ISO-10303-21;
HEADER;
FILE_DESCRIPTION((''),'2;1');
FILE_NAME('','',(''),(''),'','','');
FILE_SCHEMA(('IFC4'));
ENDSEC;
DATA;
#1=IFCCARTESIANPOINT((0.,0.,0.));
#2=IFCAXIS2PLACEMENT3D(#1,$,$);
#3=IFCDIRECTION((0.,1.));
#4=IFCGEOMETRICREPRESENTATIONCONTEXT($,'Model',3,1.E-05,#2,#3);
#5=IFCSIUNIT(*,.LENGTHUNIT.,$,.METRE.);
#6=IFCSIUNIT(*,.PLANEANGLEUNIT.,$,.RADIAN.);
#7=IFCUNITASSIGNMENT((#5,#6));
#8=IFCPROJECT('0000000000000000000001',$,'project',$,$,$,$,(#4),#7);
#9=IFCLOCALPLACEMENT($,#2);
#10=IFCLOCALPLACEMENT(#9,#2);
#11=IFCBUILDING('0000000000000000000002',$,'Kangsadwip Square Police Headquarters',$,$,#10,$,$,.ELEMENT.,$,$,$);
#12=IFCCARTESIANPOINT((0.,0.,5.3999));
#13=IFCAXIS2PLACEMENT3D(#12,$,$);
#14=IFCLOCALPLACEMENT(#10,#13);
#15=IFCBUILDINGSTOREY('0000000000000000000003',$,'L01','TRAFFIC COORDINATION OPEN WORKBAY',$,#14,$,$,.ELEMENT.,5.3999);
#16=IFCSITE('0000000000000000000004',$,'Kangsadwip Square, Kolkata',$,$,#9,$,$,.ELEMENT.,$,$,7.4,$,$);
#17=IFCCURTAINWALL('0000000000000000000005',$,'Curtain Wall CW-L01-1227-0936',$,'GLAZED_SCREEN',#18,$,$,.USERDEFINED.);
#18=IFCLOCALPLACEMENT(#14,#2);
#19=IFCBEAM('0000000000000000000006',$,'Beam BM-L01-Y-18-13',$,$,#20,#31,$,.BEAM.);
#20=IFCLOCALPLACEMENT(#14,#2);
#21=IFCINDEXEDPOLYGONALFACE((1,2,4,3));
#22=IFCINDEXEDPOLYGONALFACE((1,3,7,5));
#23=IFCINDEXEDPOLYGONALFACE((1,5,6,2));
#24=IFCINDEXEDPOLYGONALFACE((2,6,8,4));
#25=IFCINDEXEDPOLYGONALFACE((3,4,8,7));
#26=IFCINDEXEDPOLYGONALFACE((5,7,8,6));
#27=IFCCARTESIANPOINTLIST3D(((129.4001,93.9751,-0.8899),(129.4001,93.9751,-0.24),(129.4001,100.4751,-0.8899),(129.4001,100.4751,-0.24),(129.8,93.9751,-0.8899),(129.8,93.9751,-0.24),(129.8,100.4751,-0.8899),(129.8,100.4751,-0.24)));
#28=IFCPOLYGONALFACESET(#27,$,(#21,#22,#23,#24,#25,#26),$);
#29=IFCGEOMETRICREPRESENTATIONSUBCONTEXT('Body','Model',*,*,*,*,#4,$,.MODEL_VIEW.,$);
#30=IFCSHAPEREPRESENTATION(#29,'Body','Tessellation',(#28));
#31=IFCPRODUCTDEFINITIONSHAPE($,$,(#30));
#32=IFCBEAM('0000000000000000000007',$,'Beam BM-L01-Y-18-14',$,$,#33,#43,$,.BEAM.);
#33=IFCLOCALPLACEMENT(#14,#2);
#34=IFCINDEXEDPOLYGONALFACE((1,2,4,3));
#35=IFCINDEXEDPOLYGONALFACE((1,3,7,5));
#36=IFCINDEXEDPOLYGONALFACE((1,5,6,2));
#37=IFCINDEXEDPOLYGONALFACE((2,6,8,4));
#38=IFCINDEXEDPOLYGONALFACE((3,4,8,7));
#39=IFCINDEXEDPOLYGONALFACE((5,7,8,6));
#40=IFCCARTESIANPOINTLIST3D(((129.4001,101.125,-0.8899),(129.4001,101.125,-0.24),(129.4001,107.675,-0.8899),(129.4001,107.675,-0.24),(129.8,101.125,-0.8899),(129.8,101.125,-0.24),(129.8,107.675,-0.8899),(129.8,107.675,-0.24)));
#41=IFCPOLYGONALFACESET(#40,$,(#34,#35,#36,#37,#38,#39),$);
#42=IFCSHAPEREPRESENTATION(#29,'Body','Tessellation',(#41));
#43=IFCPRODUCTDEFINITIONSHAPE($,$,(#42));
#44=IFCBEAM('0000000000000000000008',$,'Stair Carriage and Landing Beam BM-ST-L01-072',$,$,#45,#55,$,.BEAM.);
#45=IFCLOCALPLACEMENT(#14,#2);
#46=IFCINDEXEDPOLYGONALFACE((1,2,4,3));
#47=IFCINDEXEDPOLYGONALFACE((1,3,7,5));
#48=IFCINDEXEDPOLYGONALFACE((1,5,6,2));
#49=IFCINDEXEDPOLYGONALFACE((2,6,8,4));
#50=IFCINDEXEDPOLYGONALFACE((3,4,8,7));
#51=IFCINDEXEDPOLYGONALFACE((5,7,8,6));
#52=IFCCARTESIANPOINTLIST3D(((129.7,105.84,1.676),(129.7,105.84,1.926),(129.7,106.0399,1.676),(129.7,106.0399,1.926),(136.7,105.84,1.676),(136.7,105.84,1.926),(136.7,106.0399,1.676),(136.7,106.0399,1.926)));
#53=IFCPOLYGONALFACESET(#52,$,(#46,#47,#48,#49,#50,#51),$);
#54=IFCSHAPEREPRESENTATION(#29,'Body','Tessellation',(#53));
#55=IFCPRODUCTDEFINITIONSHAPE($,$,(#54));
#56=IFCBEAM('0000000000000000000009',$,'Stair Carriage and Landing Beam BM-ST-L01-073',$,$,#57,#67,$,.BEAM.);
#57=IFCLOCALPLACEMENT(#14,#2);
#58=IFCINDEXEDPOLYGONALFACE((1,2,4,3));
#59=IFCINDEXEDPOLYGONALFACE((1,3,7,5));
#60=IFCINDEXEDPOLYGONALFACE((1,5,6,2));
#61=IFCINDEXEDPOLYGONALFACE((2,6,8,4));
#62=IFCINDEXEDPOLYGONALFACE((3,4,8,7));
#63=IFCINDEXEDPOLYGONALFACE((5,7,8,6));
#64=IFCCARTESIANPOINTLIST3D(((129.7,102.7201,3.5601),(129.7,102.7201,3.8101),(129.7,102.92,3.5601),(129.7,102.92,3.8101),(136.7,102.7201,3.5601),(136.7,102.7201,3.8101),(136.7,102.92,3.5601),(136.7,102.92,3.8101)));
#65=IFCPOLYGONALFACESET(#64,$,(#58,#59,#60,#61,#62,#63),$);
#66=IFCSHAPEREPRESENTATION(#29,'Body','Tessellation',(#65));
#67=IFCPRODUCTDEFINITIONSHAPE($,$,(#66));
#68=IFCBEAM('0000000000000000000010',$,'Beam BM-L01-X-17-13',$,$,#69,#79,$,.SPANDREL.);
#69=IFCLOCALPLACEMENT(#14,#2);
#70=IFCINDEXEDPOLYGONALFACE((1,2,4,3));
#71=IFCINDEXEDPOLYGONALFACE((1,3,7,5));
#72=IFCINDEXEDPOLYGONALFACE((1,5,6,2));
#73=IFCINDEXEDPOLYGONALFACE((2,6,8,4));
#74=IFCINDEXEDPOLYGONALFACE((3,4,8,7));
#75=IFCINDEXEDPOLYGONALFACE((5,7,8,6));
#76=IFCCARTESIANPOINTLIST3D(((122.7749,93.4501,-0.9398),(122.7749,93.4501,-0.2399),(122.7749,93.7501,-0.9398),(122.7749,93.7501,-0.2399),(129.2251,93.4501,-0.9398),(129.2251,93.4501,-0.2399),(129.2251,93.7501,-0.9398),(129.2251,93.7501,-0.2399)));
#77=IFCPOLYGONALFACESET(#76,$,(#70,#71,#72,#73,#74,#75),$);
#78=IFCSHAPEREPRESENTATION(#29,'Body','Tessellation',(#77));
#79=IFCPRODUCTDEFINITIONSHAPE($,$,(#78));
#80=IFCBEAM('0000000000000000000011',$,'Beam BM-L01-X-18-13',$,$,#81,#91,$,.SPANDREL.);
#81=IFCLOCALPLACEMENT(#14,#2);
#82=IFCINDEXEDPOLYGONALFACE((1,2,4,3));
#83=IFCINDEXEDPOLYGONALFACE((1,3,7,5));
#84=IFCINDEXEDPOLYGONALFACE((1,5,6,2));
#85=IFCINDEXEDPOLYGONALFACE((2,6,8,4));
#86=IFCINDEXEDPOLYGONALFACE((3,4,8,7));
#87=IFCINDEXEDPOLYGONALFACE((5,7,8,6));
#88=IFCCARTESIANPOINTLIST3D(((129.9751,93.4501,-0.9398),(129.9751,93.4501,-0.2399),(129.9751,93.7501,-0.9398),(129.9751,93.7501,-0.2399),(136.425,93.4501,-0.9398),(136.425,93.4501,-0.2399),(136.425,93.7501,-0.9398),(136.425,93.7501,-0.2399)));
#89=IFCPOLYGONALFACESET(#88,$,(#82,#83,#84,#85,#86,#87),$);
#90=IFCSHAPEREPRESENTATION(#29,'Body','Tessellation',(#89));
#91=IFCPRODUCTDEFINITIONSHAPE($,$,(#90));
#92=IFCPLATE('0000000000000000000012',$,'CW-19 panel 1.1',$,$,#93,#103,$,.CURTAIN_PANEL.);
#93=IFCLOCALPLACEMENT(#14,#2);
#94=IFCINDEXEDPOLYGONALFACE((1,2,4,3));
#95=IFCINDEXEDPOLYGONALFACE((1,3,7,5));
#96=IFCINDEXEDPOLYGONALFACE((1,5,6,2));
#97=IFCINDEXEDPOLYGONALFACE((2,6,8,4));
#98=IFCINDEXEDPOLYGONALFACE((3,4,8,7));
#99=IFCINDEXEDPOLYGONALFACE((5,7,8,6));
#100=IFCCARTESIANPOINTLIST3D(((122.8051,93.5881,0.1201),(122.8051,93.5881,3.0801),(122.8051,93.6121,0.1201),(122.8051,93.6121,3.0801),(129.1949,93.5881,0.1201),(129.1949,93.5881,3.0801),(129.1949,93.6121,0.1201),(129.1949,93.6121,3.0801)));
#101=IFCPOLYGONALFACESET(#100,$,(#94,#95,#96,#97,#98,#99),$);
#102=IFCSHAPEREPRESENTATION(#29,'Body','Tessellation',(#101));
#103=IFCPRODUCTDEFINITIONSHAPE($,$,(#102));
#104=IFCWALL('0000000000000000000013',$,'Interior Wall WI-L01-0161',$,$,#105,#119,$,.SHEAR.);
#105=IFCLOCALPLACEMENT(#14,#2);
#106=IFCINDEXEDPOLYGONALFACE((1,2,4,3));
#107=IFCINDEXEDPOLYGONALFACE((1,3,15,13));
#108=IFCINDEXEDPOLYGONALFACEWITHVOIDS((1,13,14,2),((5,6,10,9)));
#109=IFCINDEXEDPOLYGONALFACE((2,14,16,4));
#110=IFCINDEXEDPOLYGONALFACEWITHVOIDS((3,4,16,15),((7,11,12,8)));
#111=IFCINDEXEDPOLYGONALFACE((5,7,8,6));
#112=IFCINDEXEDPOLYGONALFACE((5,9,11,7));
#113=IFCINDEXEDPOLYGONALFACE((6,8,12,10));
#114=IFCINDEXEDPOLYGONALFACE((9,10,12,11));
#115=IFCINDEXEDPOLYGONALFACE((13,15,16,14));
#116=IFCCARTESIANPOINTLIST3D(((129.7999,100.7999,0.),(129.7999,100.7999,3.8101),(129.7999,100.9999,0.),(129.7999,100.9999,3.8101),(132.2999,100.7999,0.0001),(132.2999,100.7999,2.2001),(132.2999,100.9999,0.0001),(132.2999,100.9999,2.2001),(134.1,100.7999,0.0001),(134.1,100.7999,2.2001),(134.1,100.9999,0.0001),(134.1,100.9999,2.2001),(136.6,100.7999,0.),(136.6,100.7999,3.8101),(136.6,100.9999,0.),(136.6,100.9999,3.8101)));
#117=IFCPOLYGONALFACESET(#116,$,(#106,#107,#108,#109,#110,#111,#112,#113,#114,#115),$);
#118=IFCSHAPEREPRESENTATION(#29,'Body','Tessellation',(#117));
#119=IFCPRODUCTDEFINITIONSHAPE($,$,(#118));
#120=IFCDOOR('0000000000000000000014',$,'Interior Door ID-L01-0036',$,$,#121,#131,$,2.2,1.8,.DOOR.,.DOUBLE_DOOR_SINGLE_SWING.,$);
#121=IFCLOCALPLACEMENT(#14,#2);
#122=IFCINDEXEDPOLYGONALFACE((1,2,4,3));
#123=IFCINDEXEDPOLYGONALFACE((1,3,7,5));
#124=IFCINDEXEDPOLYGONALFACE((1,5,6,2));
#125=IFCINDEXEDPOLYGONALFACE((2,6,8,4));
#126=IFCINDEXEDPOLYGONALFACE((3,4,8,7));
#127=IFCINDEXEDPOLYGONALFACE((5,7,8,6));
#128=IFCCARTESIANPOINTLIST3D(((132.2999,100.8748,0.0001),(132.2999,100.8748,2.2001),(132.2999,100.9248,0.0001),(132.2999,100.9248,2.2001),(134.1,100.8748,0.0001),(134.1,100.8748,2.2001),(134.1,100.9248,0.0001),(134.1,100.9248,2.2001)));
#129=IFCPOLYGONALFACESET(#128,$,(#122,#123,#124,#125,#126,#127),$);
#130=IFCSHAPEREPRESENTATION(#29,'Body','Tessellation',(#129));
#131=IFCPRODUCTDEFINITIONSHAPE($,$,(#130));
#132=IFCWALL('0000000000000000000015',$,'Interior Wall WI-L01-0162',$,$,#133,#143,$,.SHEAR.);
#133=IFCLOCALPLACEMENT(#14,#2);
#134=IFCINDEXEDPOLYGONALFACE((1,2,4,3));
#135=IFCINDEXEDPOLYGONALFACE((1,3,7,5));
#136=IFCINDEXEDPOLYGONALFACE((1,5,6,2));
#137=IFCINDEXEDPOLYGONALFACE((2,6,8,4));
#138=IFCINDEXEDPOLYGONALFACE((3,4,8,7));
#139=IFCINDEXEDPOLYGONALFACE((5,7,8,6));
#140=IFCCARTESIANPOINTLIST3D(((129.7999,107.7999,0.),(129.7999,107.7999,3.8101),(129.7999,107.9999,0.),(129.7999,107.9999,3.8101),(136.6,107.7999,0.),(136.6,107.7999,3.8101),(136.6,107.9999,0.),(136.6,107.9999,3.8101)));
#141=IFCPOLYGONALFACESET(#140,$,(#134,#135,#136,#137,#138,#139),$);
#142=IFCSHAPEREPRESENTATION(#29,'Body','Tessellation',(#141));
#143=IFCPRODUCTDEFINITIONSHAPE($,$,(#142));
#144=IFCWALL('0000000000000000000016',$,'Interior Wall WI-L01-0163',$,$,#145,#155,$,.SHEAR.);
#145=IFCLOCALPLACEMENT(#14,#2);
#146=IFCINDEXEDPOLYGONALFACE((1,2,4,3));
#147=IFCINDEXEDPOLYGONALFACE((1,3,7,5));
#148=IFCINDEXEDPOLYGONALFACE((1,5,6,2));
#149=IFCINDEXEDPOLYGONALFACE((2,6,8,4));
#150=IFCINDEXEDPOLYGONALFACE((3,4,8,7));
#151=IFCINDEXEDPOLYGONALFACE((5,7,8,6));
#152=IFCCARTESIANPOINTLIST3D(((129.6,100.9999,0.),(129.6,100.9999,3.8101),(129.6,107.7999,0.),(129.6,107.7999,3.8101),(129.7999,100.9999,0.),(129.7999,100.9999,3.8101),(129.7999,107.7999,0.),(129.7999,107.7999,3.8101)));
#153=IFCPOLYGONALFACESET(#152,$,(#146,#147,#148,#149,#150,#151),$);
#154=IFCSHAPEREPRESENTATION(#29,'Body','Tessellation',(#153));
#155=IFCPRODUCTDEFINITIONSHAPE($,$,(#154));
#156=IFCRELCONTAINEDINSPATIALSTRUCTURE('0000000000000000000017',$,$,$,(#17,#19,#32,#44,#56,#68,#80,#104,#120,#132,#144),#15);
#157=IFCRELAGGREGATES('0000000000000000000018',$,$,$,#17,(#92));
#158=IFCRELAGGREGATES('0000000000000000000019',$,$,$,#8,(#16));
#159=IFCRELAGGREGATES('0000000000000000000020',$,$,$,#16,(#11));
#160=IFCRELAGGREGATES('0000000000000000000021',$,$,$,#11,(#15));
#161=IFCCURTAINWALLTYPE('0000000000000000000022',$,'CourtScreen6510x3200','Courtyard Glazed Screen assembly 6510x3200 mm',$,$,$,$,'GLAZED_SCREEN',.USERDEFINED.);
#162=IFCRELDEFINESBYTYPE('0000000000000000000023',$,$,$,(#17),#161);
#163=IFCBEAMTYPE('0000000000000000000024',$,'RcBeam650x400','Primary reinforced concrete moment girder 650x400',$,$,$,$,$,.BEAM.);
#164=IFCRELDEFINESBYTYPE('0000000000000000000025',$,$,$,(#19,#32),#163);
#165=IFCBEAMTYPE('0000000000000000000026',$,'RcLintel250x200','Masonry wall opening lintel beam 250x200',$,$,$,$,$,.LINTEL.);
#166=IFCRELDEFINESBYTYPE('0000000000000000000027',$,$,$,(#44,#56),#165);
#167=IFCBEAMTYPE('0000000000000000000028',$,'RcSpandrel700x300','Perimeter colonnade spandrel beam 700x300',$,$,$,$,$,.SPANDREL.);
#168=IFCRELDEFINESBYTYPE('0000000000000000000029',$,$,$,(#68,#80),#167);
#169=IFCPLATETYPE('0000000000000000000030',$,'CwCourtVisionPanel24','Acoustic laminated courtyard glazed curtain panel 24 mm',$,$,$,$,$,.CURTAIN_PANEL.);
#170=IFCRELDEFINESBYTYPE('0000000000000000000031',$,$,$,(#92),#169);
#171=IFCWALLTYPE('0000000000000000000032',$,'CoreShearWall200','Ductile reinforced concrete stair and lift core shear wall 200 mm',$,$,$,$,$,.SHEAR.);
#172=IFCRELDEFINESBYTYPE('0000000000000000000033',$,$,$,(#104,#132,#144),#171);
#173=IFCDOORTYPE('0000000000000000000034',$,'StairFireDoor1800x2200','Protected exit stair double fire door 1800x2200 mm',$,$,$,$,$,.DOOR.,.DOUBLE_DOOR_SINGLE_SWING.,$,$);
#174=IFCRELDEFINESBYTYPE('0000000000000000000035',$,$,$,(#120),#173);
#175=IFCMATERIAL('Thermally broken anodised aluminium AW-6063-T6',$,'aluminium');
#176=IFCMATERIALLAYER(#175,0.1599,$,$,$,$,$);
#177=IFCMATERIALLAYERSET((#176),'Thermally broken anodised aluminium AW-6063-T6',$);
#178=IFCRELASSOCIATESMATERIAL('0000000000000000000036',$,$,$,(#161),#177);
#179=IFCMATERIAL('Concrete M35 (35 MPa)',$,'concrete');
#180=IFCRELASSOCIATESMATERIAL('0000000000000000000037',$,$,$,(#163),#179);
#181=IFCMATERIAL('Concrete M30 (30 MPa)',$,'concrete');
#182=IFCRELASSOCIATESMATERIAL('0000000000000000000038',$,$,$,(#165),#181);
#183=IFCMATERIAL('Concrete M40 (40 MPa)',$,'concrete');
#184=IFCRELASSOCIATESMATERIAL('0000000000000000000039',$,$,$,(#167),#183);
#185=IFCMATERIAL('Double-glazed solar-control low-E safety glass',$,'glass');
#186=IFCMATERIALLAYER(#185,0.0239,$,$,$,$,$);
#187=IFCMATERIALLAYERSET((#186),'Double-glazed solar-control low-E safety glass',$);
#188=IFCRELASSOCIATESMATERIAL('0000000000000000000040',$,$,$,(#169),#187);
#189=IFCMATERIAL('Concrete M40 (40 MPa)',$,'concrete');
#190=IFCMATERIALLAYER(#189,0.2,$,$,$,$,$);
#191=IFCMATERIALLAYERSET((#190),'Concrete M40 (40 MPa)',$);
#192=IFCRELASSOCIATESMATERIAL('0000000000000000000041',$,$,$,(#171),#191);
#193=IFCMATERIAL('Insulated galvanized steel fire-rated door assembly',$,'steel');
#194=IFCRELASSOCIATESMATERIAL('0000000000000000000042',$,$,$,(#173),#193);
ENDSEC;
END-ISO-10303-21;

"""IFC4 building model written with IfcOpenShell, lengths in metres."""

from ifc_helpers import new_model, si_unit, direction, frame, frame_2d, origin, origin_2d, place, context, subcontext, project, spatial, rectangle, extrude, material, layer, layer_set, material_profile, profile_set, type_object, element, fill, aggregate, save


model = new_model("IFC4")

# Units and contexts
model_context = context("Model", 3, precision=1e-05, world=origin(), true_north=direction((0.0, 1.0)))
body_context = subcontext(model_context, "Body", "Model", "MODEL_VIEW")
ifc_project = project(units=[si_unit("LENGTHUNIT", "METRE"), si_unit("PLANEANGLEUNIT", "RADIAN")], contexts=[model_context])

# Site, building, storey
site_placement = place(None, origin())
site = spatial("IfcSite", under=ifc_project, at=site_placement, Name="Kangsadwip Square, Kolkata", CompositionType="ELEMENT", RefElevation=7.4)
building_placement = place(site_placement, origin())
building = spatial("IfcBuilding", under=site, at=building_placement, Name="Kangsadwip Square Police Headquarters", CompositionType="ELEMENT")
storey_placement = place(building_placement, frame((0.0, 0.0, 5.3999)))
storey = spatial("IfcBuildingStorey", under=building, at=storey_placement, Name="L01", Description="TRAFFIC COORDINATION OPEN WORKBAY", CompositionType="ELEMENT", Elevation=5.3999)

# Curtain wall
ifc_material_1 = material(Name="Thermally broken anodised aluminium AW-6063-T6", Category="aluminium")
ifc_layer_1 = layer(ifc_material_1, 0.1599)
ifc_layer_set_1 = layer_set([ifc_layer_1], Name="Thermally broken anodised aluminium AW-6063-T6")
curtain_wall_type = type_object("IfcCurtainWallType", Name="CourtScreen6510x3200", Description="Courtyard Glazed Screen assembly 6510x3200 mm", ElementType="GLAZED_SCREEN", PredefinedType="USERDEFINED", material=ifc_layer_set_1)
curtain_wall_1_placement = place(storey_placement, origin())
curtain_wall_1 = element("IfcCurtainWall", 1, at=curtain_wall_1_placement, inside=storey, type_object=curtain_wall_type, Name="Curtain Wall CW-L01-1227-0936", ObjectType="GLAZED_SCREEN", PredefinedType="USERDEFINED")

# Beams
ifc_material_2 = material(Name="Concrete M35 (35 MPa)", Category="concrete")
ifc_material_profile_1 = material_profile(ifc_material_2, rectangle(XDim=0.3999, YDim=0.6499, at=origin_2d()), Name="RC BM 650X400")
ifc_profile_set_1 = profile_set([ifc_material_profile_1], Name="Concrete M35 (35 MPa)")
beam_type_1 = type_object("IfcBeamType", Name="RcBeam650x400", Description="Primary reinforced concrete moment girder 650x400", PredefinedType="BEAM", material=ifc_profile_set_1)
beam_1_placement = place(storey_placement, frame((129.6001, 93.9751, -0.5649), z_axis=(0.0, 1.0, 0.0), x_axis=(-1.0, 0.0, 0.0)))
element("IfcBeam", 2, at=beam_1_placement, inside=storey, type_object=beam_type_1, Name="Beam BM-L01-Y-18-13", PredefinedType="BEAM", context=body_context, shape_type="SweptSolid", body=[
    extrude(rectangle(XDim=0.3999, YDim=0.6499, at=origin_2d()), origin(), (0.0, 0.0, 1.0), 6.5),
])
beam_2_placement = place(storey_placement, frame((129.6001, 101.125, -0.5649), z_axis=(0.0, 1.0, 0.0), x_axis=(-1.0, 0.0, 0.0)))
element("IfcBeam", 3, at=beam_2_placement, inside=storey, type_object=beam_type_1, Name="Beam BM-L01-Y-18-14", PredefinedType="BEAM", context=body_context, shape_type="SweptSolid", body=[
    extrude(rectangle(XDim=0.3999, YDim=0.6499, at=origin_2d()), origin(), (0.0, 0.0, 1.0), 6.55),
])
ifc_material_3 = material(Name="Concrete M30 (30 MPa)", Category="concrete")
ifc_material_profile_2 = material_profile(ifc_material_3, rectangle(XDim=0.2, YDim=0.25, at=origin_2d()), Name="RC LNT 250X200")
ifc_profile_set_2 = profile_set([ifc_material_profile_2], Name="Concrete M30 (30 MPa)")
beam_type_2 = type_object("IfcBeamType", Name="RcLintel250x200", Description="Masonry wall opening lintel beam 250x200", PredefinedType="LINTEL", material=ifc_profile_set_2)
for number, where, z_axis, x_axis, name in (
    (4, (129.7, 105.9399, 1.801), (1.0, 0.0, 0.0), (0.0, 1.0, 0.0), "Stair Carriage and Landing Beam BM-ST-L01-072"),
    (5, (129.7, 102.8201, 3.6851), (1.0, 0.0, 0.0), (0.0, 1.0, 0.0), "Stair Carriage and Landing Beam BM-ST-L01-073"),
):
    element("IfcBeam", number, at=place(storey_placement, frame(where, z_axis=z_axis, x_axis=x_axis)), inside=storey, type_object=beam_type_2, Name=name, PredefinedType="BEAM", context=body_context, shape_type="SweptSolid", body=[
        extrude(rectangle(XDim=0.2, YDim=0.25, at=origin_2d()), origin(), (0.0, 0.0, 1.0), 7.0),
    ])
ifc_material_4 = material(Name="Concrete M40 (40 MPa)", Category="concrete")
ifc_material_profile_3 = material_profile(ifc_material_4, rectangle(XDim=0.3, YDim=0.7, at=origin_2d()), Name="RC SPN 700X300")
ifc_profile_set_3 = profile_set([ifc_material_profile_3], Name="Concrete M40 (40 MPa)")
beam_type_3 = type_object("IfcBeamType", Name="RcSpandrel700x300", Description="Perimeter colonnade spandrel beam 700x300", PredefinedType="SPANDREL", material=ifc_profile_set_3)
beam_3_placement = place(storey_placement, frame((122.7749, 93.6001, -0.5898), z_axis=(1.0, 0.0, 0.0), x_axis=(0.0, 1.0, 0.0)))
element("IfcBeam", 6, at=beam_3_placement, inside=storey, type_object=beam_type_3, Name="Beam BM-L01-X-17-13", PredefinedType="SPANDREL", context=body_context, shape_type="SweptSolid", body=[
    extrude(rectangle(XDim=0.3, YDim=0.7, at=origin_2d()), origin(), (0.0, 0.0, 1.0), 6.4502),
])
beam_4_placement = place(storey_placement, frame((129.9751, 93.6001, -0.5898), z_axis=(1.0, 0.0, 0.0), x_axis=(0.0, 1.0, 0.0)))
element("IfcBeam", 7, at=beam_4_placement, inside=storey, type_object=beam_type_3, Name="Beam BM-L01-X-18-13", PredefinedType="SPANDREL", context=body_context, shape_type="SweptSolid", body=[
    extrude(rectangle(XDim=0.3, YDim=0.7, at=origin_2d()), origin(), (0.0, 0.0, 1.0), 6.45),
])

# Plate
ifc_material_5 = material(Name="Double-glazed solar-control low-E safety glass", Category="glass")
ifc_layer_2 = layer(ifc_material_5, 0.0239)
ifc_layer_set_2 = layer_set([ifc_layer_2], Name="Double-glazed solar-control low-E safety glass")
plate_type = type_object("IfcPlateType", Name="CwCourtVisionPanel24", Description="Acoustic laminated courtyard glazed curtain panel 24 mm", PredefinedType="CURTAIN_PANEL", material=ifc_layer_set_2)
plate_placement = place(storey_placement, frame((126.0, 93.6001, 0.1201), z_axis=(0.0, 0.0, 1.0), x_axis=(1.0, 0.0, 0.0)))
plate = element("IfcPlate", 8, at=plate_placement, type_object=plate_type, Name="CW-19 panel 1.1", PredefinedType="CURTAIN_PANEL", context=body_context, shape_type="SweptSolid", body=[
    extrude(rectangle(XDim=6.3899, YDim=0.0239, at=origin_2d()), origin(), (0.0, 0.0, 1.0), 2.96),
])
aggregate(curtain_wall_1, [plate])

# Wall, opening, door
ifc_material_6 = material(Name="Concrete M40 (40 MPa)", Category="concrete")
ifc_layer_3 = layer(ifc_material_6, 0.2)
ifc_layer_set_3 = layer_set([ifc_layer_3], Name="Concrete M40 (40 MPa)")
wall_type = type_object("IfcWallType", Name="CoreShearWall200", Description="Ductile reinforced concrete stair and lift core shear wall 200 mm", PredefinedType="SHEAR", material=ifc_layer_set_3)
wall_placement = place(storey_placement, frame((129.8, 100.8999, 0.0), z_axis=(0.0, 0.0, 1.0), x_axis=(1.0, 0.0, 0.0)))
wall = element("IfcWall", 9, at=wall_placement, inside=storey, type_object=wall_type, Name="Interior Wall WI-L01-0161", PredefinedType="SHEAR", context=body_context, shape_type="SweptSolid", body=[
    extrude(rectangle(XDim=6.8, YDim=0.2, at=frame_2d((3.3999, 0.0))), origin(), (0.0, 0.0, 1.0), 3.8101),
])
opening_placement = place(wall_placement, frame((2.5, 0.0, 0.0)))
opening = element("IfcOpeningElement", 10, at=opening_placement, cuts=wall, PredefinedType="OPENING", context=body_context, shape_type="SweptSolid", body=[
    extrude(rectangle(XDim=1.8, YDim=2.2, at=frame_2d((0.8999, 1.1001))), frame((0.0, 0.1099, 0.0), z_axis=(0.0, -1.0, 0.0), x_axis=(1.0, 0.0, 0.0)), (0.0, 0.0, 1.0), 0.22),
])
ifc_material_7 = material(Name="Insulated galvanized steel fire-rated door assembly", Category="steel")
door_type = type_object("IfcDoorType", Name="StairFireDoor1800x2200", Description="Protected exit stair double fire door 1800x2200 mm", OperationType="DOUBLE_DOOR_SINGLE_SWING", PredefinedType="DOOR", material=ifc_material_7)
door_placement = place(opening_placement, origin())
door = element("IfcDoor", 11, at=door_placement, inside=storey, type_object=door_type, Name="Interior Door ID-L01-0036", OperationType="DOUBLE_DOOR_SINGLE_SWING", OverallHeight=2.2, OverallWidth=1.8, PredefinedType="DOOR", context=body_context, shape_type="SweptSolid", body=[
    extrude(rectangle(XDim=1.8, YDim=2.2, at=frame_2d((0.8999, 1.1001))), frame((0.0, 0.0249, 0.0), z_axis=(0.0, -1.0, 0.0), x_axis=(1.0, 0.0, 0.0)), (0.0, 0.0, 1.0), 0.05),
])
fill(opening, door)

# Walls
for number, where, z_axis, x_axis, name in (
    (12, (129.8, 107.8999, 0.0), (0.0, 0.0, 1.0), (1.0, 0.0, 0.0), "Interior Wall WI-L01-0162"),
    (13, (129.7, 101.0, 0.0), (0.0, 0.0, 1.0), (0.0, 1.0, 0.0), "Interior Wall WI-L01-0163"),
):
    element("IfcWall", number, at=place(storey_placement, frame(where, z_axis=z_axis, x_axis=x_axis)), inside=storey, type_object=wall_type, Name=name, PredefinedType="SHEAR", context=body_context, shape_type="SweptSolid", body=[
        extrude(rectangle(XDim=6.8, YDim=0.2, at=frame_2d((3.3999, 0.0))), origin(), (0.0, 0.0, 1.0), 3.8101),
    ])

save(model, "model.ifc")
